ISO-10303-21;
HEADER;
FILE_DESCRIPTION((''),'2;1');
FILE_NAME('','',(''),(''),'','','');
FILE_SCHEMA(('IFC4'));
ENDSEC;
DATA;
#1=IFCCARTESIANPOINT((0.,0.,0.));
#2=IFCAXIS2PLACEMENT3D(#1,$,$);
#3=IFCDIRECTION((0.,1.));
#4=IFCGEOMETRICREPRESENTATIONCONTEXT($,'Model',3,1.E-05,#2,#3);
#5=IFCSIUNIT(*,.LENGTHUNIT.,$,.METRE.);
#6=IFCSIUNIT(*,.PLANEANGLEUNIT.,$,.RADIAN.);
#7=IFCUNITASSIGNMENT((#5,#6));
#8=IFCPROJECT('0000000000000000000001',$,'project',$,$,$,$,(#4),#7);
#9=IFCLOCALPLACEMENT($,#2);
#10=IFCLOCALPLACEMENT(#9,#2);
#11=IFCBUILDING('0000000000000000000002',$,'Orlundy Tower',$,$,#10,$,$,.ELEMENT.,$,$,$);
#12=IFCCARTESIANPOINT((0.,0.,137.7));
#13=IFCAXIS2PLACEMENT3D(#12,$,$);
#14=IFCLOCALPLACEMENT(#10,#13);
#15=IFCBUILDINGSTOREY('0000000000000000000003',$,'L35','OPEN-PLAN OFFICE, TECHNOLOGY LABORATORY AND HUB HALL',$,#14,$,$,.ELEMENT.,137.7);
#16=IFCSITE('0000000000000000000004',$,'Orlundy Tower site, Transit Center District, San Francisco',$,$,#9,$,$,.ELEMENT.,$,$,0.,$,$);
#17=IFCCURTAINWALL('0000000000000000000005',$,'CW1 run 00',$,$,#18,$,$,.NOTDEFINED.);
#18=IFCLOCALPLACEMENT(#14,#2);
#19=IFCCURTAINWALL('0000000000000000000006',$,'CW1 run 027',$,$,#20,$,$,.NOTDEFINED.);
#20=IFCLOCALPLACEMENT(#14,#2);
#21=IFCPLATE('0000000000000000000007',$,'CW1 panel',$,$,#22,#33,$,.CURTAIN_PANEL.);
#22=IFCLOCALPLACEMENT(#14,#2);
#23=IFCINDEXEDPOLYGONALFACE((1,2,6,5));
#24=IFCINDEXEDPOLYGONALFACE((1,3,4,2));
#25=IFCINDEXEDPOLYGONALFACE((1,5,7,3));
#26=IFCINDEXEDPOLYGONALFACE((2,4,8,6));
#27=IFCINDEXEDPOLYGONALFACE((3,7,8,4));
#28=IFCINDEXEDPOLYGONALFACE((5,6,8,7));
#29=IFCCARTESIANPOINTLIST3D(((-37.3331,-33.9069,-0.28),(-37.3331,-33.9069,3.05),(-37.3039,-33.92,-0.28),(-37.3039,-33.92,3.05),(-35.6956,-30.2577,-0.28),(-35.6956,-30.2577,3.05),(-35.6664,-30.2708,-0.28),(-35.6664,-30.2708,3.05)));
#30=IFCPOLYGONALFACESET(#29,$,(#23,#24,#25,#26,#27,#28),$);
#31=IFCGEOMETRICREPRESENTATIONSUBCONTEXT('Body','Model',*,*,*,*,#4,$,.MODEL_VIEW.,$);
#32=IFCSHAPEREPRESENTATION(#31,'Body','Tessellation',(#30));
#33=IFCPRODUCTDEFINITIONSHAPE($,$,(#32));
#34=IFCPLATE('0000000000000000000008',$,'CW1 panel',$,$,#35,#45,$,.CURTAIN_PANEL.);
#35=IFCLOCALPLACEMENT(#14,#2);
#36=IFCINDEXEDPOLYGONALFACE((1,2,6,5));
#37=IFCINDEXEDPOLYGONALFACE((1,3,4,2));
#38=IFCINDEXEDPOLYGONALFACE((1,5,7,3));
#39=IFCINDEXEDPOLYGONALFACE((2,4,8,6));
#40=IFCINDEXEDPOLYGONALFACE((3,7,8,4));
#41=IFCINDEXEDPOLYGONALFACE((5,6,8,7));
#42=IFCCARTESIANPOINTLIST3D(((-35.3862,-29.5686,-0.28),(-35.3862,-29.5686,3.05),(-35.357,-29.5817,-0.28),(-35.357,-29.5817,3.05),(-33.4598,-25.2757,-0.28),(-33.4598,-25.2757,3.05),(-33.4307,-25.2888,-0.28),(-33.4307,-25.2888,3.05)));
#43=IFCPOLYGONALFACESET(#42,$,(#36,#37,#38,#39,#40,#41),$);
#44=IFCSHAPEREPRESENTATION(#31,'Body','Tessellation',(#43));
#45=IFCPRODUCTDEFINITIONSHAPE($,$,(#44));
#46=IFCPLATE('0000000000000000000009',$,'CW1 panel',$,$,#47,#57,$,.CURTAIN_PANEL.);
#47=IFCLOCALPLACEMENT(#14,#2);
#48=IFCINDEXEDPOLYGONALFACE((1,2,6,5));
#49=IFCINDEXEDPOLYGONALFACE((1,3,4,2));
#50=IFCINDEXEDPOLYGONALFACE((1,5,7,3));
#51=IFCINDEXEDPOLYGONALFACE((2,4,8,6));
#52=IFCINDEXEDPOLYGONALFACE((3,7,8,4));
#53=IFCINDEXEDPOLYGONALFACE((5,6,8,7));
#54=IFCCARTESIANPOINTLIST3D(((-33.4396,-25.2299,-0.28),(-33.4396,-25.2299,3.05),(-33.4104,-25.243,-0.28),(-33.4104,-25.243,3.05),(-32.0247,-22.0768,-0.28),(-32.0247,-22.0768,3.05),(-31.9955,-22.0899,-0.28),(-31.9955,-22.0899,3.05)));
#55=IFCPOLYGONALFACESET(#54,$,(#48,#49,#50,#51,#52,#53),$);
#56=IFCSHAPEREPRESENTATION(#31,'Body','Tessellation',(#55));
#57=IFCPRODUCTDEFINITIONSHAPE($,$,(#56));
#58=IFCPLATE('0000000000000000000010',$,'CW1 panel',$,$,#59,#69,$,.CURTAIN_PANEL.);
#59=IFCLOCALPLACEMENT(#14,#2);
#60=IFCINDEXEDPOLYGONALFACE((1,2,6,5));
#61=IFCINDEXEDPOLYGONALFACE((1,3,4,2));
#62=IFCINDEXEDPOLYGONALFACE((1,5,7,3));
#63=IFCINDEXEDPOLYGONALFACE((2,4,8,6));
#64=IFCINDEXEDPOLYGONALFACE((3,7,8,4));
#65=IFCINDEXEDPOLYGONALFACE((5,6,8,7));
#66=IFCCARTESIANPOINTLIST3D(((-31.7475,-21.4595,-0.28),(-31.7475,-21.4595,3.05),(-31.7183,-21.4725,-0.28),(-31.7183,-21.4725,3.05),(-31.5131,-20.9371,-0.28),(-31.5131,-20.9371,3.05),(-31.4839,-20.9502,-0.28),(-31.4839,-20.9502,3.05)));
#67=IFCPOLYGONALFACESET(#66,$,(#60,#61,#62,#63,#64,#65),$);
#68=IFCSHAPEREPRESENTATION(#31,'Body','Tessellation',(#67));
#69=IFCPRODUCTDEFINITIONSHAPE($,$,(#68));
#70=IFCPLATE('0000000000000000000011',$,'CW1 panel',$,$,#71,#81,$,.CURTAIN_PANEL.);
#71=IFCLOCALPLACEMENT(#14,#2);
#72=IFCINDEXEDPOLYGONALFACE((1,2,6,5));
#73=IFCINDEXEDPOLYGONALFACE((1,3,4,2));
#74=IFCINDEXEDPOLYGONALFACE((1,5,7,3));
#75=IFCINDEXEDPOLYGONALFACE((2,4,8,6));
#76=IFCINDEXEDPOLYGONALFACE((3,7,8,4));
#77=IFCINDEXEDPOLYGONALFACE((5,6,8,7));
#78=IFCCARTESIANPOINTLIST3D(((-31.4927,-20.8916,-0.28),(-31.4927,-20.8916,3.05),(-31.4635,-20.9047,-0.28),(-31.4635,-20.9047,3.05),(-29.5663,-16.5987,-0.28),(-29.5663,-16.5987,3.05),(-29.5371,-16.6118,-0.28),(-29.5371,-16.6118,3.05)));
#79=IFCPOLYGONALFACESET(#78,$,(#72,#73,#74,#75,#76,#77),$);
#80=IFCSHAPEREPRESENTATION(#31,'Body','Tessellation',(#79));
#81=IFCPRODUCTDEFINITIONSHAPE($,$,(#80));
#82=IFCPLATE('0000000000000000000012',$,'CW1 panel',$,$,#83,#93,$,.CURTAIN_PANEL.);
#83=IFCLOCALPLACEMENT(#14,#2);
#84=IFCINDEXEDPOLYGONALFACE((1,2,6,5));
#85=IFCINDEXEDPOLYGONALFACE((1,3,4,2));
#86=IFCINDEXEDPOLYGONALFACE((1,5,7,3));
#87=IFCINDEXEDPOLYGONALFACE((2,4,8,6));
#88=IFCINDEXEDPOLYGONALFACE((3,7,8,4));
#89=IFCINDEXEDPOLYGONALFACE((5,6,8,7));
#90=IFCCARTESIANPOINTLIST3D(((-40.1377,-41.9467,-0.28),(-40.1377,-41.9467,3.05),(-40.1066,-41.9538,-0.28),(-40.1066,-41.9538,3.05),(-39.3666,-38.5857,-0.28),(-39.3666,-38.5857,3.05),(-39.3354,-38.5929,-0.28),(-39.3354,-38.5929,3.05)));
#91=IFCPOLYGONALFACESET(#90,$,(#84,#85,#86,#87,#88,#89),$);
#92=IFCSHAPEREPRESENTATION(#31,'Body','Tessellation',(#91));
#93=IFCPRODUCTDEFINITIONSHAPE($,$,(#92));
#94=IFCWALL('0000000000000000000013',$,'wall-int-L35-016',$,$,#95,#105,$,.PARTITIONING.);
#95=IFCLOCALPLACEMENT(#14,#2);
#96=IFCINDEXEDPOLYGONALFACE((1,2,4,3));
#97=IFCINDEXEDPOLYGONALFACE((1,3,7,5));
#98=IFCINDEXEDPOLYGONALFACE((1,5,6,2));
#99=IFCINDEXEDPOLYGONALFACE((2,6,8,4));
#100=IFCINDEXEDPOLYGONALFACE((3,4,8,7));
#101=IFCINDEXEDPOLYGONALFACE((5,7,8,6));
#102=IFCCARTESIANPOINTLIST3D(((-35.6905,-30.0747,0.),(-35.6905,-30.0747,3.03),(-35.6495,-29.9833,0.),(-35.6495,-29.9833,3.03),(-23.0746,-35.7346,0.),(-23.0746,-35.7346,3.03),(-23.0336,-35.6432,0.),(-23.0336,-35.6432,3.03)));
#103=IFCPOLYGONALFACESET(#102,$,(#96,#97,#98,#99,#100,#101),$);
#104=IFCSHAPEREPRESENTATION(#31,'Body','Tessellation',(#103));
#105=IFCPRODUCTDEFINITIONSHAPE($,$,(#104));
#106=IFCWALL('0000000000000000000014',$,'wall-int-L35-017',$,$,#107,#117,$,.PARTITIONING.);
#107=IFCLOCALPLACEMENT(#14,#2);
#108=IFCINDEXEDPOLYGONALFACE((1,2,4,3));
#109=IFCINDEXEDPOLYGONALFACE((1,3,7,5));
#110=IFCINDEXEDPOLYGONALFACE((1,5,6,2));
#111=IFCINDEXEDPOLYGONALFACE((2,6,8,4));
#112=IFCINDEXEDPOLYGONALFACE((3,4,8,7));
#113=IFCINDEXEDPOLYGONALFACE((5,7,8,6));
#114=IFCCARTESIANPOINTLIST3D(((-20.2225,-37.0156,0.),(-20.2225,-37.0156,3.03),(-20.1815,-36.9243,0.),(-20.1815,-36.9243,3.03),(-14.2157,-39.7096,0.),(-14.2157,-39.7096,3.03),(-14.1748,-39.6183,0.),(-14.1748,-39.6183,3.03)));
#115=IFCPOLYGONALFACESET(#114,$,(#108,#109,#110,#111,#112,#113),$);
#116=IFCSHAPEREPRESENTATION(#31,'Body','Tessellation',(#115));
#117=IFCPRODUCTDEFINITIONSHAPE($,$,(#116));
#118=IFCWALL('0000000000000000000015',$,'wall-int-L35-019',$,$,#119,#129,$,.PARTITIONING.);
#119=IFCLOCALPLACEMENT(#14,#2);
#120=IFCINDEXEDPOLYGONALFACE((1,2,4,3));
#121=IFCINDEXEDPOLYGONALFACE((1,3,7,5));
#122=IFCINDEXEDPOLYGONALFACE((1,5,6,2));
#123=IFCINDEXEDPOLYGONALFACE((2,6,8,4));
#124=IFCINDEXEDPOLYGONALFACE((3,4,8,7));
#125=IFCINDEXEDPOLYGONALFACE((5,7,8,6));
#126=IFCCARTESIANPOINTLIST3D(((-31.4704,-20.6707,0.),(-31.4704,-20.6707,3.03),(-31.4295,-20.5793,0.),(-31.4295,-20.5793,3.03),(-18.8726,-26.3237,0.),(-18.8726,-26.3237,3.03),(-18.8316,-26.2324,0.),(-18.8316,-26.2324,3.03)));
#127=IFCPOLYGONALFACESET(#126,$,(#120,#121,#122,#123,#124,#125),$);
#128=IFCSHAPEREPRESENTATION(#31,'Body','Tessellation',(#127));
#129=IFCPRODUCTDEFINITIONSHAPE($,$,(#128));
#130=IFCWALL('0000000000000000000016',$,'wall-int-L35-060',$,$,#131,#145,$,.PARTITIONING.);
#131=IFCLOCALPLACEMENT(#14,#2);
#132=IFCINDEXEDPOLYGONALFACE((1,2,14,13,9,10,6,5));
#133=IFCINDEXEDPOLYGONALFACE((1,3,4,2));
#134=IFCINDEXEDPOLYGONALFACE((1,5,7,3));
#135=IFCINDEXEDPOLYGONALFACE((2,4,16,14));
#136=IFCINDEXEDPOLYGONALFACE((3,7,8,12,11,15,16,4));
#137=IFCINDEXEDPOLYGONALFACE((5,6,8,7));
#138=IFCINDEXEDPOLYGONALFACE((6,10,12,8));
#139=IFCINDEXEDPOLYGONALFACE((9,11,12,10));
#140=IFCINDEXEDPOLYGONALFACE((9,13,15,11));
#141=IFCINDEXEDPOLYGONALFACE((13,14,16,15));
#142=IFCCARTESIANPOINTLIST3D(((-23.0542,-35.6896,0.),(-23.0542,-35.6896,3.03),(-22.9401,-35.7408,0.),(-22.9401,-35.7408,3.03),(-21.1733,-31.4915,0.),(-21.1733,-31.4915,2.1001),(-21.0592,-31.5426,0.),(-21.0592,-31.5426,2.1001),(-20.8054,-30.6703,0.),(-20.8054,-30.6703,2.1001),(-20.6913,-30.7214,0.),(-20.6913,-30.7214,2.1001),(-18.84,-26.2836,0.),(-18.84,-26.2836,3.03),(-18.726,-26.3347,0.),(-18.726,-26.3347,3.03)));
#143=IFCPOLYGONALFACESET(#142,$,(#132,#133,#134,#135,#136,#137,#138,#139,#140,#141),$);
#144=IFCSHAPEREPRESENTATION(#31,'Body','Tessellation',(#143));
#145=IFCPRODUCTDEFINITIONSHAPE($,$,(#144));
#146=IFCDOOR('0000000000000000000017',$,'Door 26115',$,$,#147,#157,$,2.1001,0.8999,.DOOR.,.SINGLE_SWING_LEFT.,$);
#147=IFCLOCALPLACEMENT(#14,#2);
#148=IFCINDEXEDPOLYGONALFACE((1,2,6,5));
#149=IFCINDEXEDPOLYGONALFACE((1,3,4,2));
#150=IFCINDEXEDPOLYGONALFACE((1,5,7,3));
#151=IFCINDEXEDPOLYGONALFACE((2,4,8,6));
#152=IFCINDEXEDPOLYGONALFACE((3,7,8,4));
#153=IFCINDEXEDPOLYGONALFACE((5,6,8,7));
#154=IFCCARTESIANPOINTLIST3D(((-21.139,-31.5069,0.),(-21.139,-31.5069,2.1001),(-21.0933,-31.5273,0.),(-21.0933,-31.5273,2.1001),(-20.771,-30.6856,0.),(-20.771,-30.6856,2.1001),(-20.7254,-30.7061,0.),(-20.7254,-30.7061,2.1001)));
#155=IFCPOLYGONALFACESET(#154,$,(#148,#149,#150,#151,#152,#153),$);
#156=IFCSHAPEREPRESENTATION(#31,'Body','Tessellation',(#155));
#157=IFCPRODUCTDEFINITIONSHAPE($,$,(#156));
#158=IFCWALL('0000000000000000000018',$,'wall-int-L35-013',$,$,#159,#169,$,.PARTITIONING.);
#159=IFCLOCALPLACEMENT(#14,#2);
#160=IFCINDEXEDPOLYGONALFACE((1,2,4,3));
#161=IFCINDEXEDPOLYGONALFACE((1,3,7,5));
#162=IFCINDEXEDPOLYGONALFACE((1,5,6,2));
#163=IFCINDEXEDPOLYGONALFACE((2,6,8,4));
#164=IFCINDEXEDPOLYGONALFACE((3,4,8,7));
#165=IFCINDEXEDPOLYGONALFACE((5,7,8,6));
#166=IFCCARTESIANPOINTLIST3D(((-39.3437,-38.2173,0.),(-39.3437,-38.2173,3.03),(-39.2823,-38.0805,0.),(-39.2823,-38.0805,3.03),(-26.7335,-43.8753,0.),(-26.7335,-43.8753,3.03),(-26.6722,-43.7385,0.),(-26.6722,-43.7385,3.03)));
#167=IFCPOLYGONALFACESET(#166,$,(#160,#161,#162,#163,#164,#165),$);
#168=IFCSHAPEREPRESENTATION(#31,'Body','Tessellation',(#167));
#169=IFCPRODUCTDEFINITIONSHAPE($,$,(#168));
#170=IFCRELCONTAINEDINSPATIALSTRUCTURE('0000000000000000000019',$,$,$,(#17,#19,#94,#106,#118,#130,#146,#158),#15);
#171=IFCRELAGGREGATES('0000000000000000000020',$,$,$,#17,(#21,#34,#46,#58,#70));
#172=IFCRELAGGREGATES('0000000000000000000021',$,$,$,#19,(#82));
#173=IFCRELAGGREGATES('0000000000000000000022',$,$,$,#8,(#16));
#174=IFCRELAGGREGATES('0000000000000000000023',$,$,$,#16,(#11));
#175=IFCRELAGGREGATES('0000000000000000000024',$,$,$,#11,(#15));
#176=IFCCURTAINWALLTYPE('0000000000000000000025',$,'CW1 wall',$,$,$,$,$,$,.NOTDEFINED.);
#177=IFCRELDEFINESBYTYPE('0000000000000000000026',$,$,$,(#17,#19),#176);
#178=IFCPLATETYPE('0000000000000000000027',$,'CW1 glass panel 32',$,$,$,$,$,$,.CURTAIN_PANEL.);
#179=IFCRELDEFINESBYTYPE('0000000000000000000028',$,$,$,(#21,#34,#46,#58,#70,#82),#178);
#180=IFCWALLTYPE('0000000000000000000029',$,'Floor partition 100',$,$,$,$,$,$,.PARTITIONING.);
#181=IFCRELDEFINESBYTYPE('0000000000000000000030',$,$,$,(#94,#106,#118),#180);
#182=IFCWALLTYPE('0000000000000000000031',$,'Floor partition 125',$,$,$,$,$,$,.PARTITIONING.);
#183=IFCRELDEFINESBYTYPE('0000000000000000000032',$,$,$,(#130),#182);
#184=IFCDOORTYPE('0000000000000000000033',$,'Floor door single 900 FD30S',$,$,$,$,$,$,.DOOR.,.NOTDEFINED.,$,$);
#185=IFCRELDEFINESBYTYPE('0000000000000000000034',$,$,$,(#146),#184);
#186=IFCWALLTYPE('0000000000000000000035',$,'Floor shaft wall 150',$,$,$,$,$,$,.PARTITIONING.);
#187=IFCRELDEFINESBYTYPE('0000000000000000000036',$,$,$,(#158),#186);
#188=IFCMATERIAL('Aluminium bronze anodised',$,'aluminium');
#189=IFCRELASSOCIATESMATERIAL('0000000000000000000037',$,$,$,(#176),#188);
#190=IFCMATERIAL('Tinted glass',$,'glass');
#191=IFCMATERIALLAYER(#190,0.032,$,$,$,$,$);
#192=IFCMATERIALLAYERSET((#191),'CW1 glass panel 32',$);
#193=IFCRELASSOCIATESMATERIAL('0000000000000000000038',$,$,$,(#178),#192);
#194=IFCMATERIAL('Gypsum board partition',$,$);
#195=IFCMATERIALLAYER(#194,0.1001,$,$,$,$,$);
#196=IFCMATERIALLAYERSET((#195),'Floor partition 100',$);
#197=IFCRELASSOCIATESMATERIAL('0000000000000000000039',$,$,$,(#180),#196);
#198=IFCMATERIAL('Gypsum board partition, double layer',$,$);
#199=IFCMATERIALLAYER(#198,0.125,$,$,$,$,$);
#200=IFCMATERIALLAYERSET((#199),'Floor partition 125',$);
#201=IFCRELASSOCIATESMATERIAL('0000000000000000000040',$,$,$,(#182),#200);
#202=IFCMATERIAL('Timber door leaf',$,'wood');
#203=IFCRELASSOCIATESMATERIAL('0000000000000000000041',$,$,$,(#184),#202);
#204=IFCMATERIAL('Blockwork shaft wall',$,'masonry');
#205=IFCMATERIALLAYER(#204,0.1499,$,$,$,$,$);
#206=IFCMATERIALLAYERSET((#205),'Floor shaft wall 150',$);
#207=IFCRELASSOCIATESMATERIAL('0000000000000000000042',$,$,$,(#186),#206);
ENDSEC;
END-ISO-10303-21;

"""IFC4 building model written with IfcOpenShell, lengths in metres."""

from ifc_helpers import new_model, si_unit, direction, frame, frame_2d, origin, origin_2d, place, context, subcontext, project, spatial, rectangle, extrude, material, layer, layer_set, type_object, element, fill, aggregate, save


model = new_model("IFC4")

# Units and contexts
model_context = context("Model", 3, precision=1e-05, world=origin(), true_north=direction((0.0, 1.0)))
body_context = subcontext(model_context, "Body", "Model", "MODEL_VIEW")
ifc_project = project(units=[si_unit("LENGTHUNIT", "METRE"), si_unit("PLANEANGLEUNIT", "RADIAN")], contexts=[model_context])

# Site, building, storey
site_placement = place(None, origin())
site = spatial("IfcSite", under=ifc_project, at=site_placement, Name="Orlundy Tower site, Transit Center District, San Francisco", CompositionType="ELEMENT", RefElevation=0.0)
building_placement = place(site_placement, origin())
building = spatial("IfcBuilding", under=site, at=building_placement, Name="Orlundy Tower", CompositionType="ELEMENT")
storey_placement = place(building_placement, frame((0.0, 0.0, 137.7)))
storey = spatial("IfcBuildingStorey", under=building, at=storey_placement, Name="L35", Description="OPEN-PLAN OFFICE, TECHNOLOGY LABORATORY AND HUB HALL", CompositionType="ELEMENT", Elevation=137.7)

# Curtain wall
ifc_material_1 = material(Name="Aluminium bronze anodised", Category="aluminium")
curtain_wall_type = type_object("IfcCurtainWallType", Name="CW1 wall", PredefinedType="NOTDEFINED", material=ifc_material_1)
curtain_wall_1_placement = place(storey_placement, origin())
curtain_wall_1 = element("IfcCurtainWall", 1, at=curtain_wall_1_placement, inside=storey, type_object=curtain_wall_type, Name="CW1 run 00", PredefinedType="NOTDEFINED")

# Curtain wall
curtain_wall_2_placement = place(storey_placement, origin())
curtain_wall_2 = element("IfcCurtainWall", 2, at=curtain_wall_2_placement, inside=storey, type_object=curtain_wall_type, Name="CW1 run 027", PredefinedType="NOTDEFINED")

# Plates
ifc_material_2 = material(Name="Tinted glass", Category="glass")
ifc_layer_1 = layer(ifc_material_2, 0.032)
ifc_layer_set_1 = layer_set([ifc_layer_1], Name="CW1 glass panel 32")
plate_type = type_object("IfcPlateType", Name="CW1 glass panel 32", PredefinedType="CURTAIN_PANEL", material=ifc_layer_set_1)
plate_1_placement = place(storey_placement, frame((-36.4998, -32.0889, -0.28), z_axis=(0.0, 0.0, 1.0), x_axis=(0.409404, 0.912353, 0.0)))
plate_1 = element("IfcPlate", 3, at=plate_1_placement, type_object=plate_type, Name="CW1 panel", PredefinedType="CURTAIN_PANEL", context=body_context, shape_type="SweptSolid", body=[
    extrude(rectangle(XDim=3.9998, YDim=0.032, at=origin_2d()), origin(), (0.0, 0.0, 1.0), 3.3301),
])
plate_2_placement = place(storey_placement, frame((-34.4084, -27.4287, -0.28), z_axis=(0.0, 0.0, 1.0), x_axis=(0.409404, 0.912353, 0.0)))
plate_2 = element("IfcPlate", 4, at=plate_2_placement, type_object=plate_type, Name="CW1 panel", PredefinedType="CURTAIN_PANEL", context=body_context, shape_type="SweptSolid", body=[
    extrude(rectangle(XDim=4.7053, YDim=0.032, at=origin_2d()), origin(), (0.0, 0.0, 1.0), 3.3301),
])
plate_3_placement = place(storey_placement, frame((-32.7175, -23.6599, -0.28), z_axis=(0.0, 0.0, 1.0), x_axis=(0.409404, 0.912353, 0.0)))
plate_3 = element("IfcPlate", 5, at=plate_3_placement, type_object=plate_type, Name="CW1 panel", PredefinedType="CURTAIN_PANEL", context=body_context, shape_type="SweptSolid", body=[
    extrude(rectangle(XDim=3.4561, YDim=0.032, at=origin_2d()), origin(), (0.0, 0.0, 1.0), 3.3301),
])
plate_4_placement = place(storey_placement, frame((-31.6157, -21.2048, -0.28), z_axis=(0.0, 0.0, 1.0), x_axis=(0.409404, 0.912353, 0.0)))
plate_4 = element("IfcPlate", 6, at=plate_4_placement, type_object=plate_type, Name="CW1 panel", PredefinedType="CURTAIN_PANEL", context=body_context, shape_type="SweptSolid", body=[
    extrude(rectangle(XDim=0.5725, YDim=0.032, at=origin_2d()), origin(), (0.0, 0.0, 1.0), 3.3301),
])
plate_5_placement = place(storey_placement, frame((-30.5149, -18.7517, -0.28), z_axis=(0.0, 0.0, 1.0), x_axis=(0.409404, 0.912353, 0.0)))
plate_5 = element("IfcPlate", 7, at=plate_5_placement, type_object=plate_type, Name="CW1 panel", PredefinedType="CURTAIN_PANEL", context=body_context, shape_type="SweptSolid", body=[
    extrude(rectangle(XDim=4.7053, YDim=0.032, at=origin_2d()), origin(), (0.0, 0.0, 1.0), 3.3301),
])
aggregate(curtain_wall_1, [plate_1, plate_2, plate_3, plate_4, plate_5])
plate_6_placement = place(storey_placement, frame((-39.7366, -40.2698, -0.28), z_axis=(0.0, 0.0, 1.0), x_axis=(0.223638, 0.974672, 0.0)))
plate_6 = element("IfcPlate", 8, at=plate_6_placement, type_object=plate_type, Name="CW1 panel", PredefinedType="CURTAIN_PANEL", context=body_context, shape_type="SweptSolid", body=[
    extrude(rectangle(XDim=3.4482, YDim=0.032, at=origin_2d()), origin(), (0.0, 0.0, 1.0), 3.3301),
])
aggregate(curtain_wall_2, [plate_6])

# Walls
ifc_material_3 = material(Name="Gypsum board partition")
ifc_layer_2 = layer(ifc_material_3, 0.1001)
ifc_layer_set_2 = layer_set([ifc_layer_2], Name="Floor partition 100")
wall_type_1 = type_object("IfcWallType", Name="Floor partition 100", PredefinedType="PARTITIONING", material=ifc_layer_set_2)
wall_1_placement = place(storey_placement, frame((-35.6699, -30.0291, 0.0), z_axis=(0.0, 0.0, 1.0), x_axis=(0.912388, -0.409326, 0.0)))
element("IfcWall", 9, at=wall_1_placement, inside=storey, type_object=wall_type_1, Name="wall-int-L35-016", PredefinedType="PARTITIONING", context=body_context, shape_type="SweptSolid", body=[
    extrude(rectangle(XDim=13.8274, YDim=0.1001, at=frame_2d((6.9136, 0.0))), origin(), (0.0, 0.0, 1.0), 3.03),
])
wall_2_placement = place(storey_placement, frame((-20.2019, -36.97, 0.0), z_axis=(0.0, 0.0, 1.0), x_axis=(0.912432, -0.409229, 0.0)))
element("IfcWall", 10, at=wall_2_placement, inside=storey, type_object=wall_type_1, Name="wall-int-L35-017", PredefinedType="PARTITIONING", context=body_context, shape_type="SweptSolid", body=[
    extrude(rectangle(XDim=6.5833, YDim=0.1001, at=frame_2d((3.2915, 0.0))), origin(), (0.0, 0.0, 1.0), 3.03),
])
wall_3_placement = place(storey_placement, frame((-31.45, -20.625, 0.0), z_axis=(0.0, 0.0, 1.0), x_axis=(0.912354, -0.409402, 0.0)))
element("IfcWall", 11, at=wall_3_placement, inside=storey, type_object=wall_type_1, Name="wall-int-L35-019", PredefinedType="PARTITIONING", context=body_context, shape_type="SweptSolid", body=[
    extrude(rectangle(XDim=13.8081, YDim=0.1001, at=frame_2d((6.9041, 0.0))), origin(), (0.0, 0.0, 1.0), 3.03),
])

# Wall, opening, door
ifc_material_4 = material(Name="Gypsum board partition, double layer")
ifc_layer_3 = layer(ifc_material_4, 0.125)
ifc_layer_set_3 = layer_set([ifc_layer_3], Name="Floor partition 125")
wall_type_2 = type_object("IfcWallType", Name="Floor partition 125", PredefinedType="PARTITIONING", material=ifc_layer_set_3)
wall_4_placement = place(storey_placement, frame((-22.9971, -35.7151, 0.0), z_axis=(0.0, 0.0, 1.0), x_axis=(0.408864, 0.912595, 0.0)))
wall_4 = element("IfcWall", 12, at=wall_4_placement, inside=storey, type_object=wall_type_2, Name="wall-int-L35-060", PredefinedType="PARTITIONING", context=body_context, shape_type="SweptSolid", body=[
    extrude(rectangle(XDim=10.3069, YDim=0.125, at=frame_2d((5.1533, 0.0))), origin(), (0.0, 0.0, 1.0), 3.03),
])
opening_placement = place(wall_4_placement, frame((4.6001, 0.0, 0.0)))
opening = element("IfcOpeningElement", 13, at=opening_placement, cuts=wall_4, PredefinedType="OPENING", context=body_context, shape_type="SweptSolid", body=[
    extrude(rectangle(XDim=0.8999, YDim=2.1001, at=frame_2d((0.45, 1.05))), frame((0.0, 0.0725, 0.0), z_axis=(0.0, -1.0, 0.0), x_axis=(1.0, 0.0, 0.0)), (0.0, 0.0, 1.0), 0.145),
])
ifc_material_5 = material(Name="Timber door leaf", Category="wood")
door_type = type_object("IfcDoorType", Name="Floor door single 900 FD30S", OperationType="NOTDEFINED", PredefinedType="DOOR", material=ifc_material_5)
door_placement = place(opening_placement, origin())
door = element("IfcDoor", 14, at=door_placement, inside=storey, type_object=door_type, Name="Door 26115", OperationType="SINGLE_SWING_LEFT", OverallHeight=2.1001, OverallWidth=0.8999, PredefinedType="DOOR", context=body_context, shape_type="SweptSolid", body=[
    extrude(rectangle(XDim=0.8999, YDim=2.1001, at=frame_2d((0.45, 1.05))), frame((0.0, 0.0249, 0.0), z_axis=(0.0, -1.0, 0.0), x_axis=(1.0, 0.0, 0.0)), (0.0, 0.0, 1.0), 0.05),
])
fill(opening, door)

# Wall
ifc_material_6 = material(Name="Blockwork shaft wall", Category="masonry")
ifc_layer_4 = layer(ifc_material_6, 0.1499)
ifc_layer_set_4 = layer_set([ifc_layer_4], Name="Floor shaft wall 150")
wall_type_3 = type_object("IfcWallType", Name="Floor shaft wall 150", PredefinedType="PARTITIONING", material=ifc_layer_set_4)
wall_5_placement = place(storey_placement, frame((-39.313, -38.1489, 0.0), z_axis=(0.0, 0.0, 1.0), x_axis=(0.91237, -0.409366, 0.0)))
element("IfcWall", 15, at=wall_5_placement, inside=storey, type_object=wall_type_3, Name="wall-int-L35-013", PredefinedType="PARTITIONING", context=body_context, shape_type="SweptSolid", body=[
    extrude(rectangle(XDim=13.8213, YDim=0.1499, at=frame_2d((6.9106, 0.0))), origin(), (0.0, 0.0, 1.0), 3.03),
])

save(model, "model.ifc")
